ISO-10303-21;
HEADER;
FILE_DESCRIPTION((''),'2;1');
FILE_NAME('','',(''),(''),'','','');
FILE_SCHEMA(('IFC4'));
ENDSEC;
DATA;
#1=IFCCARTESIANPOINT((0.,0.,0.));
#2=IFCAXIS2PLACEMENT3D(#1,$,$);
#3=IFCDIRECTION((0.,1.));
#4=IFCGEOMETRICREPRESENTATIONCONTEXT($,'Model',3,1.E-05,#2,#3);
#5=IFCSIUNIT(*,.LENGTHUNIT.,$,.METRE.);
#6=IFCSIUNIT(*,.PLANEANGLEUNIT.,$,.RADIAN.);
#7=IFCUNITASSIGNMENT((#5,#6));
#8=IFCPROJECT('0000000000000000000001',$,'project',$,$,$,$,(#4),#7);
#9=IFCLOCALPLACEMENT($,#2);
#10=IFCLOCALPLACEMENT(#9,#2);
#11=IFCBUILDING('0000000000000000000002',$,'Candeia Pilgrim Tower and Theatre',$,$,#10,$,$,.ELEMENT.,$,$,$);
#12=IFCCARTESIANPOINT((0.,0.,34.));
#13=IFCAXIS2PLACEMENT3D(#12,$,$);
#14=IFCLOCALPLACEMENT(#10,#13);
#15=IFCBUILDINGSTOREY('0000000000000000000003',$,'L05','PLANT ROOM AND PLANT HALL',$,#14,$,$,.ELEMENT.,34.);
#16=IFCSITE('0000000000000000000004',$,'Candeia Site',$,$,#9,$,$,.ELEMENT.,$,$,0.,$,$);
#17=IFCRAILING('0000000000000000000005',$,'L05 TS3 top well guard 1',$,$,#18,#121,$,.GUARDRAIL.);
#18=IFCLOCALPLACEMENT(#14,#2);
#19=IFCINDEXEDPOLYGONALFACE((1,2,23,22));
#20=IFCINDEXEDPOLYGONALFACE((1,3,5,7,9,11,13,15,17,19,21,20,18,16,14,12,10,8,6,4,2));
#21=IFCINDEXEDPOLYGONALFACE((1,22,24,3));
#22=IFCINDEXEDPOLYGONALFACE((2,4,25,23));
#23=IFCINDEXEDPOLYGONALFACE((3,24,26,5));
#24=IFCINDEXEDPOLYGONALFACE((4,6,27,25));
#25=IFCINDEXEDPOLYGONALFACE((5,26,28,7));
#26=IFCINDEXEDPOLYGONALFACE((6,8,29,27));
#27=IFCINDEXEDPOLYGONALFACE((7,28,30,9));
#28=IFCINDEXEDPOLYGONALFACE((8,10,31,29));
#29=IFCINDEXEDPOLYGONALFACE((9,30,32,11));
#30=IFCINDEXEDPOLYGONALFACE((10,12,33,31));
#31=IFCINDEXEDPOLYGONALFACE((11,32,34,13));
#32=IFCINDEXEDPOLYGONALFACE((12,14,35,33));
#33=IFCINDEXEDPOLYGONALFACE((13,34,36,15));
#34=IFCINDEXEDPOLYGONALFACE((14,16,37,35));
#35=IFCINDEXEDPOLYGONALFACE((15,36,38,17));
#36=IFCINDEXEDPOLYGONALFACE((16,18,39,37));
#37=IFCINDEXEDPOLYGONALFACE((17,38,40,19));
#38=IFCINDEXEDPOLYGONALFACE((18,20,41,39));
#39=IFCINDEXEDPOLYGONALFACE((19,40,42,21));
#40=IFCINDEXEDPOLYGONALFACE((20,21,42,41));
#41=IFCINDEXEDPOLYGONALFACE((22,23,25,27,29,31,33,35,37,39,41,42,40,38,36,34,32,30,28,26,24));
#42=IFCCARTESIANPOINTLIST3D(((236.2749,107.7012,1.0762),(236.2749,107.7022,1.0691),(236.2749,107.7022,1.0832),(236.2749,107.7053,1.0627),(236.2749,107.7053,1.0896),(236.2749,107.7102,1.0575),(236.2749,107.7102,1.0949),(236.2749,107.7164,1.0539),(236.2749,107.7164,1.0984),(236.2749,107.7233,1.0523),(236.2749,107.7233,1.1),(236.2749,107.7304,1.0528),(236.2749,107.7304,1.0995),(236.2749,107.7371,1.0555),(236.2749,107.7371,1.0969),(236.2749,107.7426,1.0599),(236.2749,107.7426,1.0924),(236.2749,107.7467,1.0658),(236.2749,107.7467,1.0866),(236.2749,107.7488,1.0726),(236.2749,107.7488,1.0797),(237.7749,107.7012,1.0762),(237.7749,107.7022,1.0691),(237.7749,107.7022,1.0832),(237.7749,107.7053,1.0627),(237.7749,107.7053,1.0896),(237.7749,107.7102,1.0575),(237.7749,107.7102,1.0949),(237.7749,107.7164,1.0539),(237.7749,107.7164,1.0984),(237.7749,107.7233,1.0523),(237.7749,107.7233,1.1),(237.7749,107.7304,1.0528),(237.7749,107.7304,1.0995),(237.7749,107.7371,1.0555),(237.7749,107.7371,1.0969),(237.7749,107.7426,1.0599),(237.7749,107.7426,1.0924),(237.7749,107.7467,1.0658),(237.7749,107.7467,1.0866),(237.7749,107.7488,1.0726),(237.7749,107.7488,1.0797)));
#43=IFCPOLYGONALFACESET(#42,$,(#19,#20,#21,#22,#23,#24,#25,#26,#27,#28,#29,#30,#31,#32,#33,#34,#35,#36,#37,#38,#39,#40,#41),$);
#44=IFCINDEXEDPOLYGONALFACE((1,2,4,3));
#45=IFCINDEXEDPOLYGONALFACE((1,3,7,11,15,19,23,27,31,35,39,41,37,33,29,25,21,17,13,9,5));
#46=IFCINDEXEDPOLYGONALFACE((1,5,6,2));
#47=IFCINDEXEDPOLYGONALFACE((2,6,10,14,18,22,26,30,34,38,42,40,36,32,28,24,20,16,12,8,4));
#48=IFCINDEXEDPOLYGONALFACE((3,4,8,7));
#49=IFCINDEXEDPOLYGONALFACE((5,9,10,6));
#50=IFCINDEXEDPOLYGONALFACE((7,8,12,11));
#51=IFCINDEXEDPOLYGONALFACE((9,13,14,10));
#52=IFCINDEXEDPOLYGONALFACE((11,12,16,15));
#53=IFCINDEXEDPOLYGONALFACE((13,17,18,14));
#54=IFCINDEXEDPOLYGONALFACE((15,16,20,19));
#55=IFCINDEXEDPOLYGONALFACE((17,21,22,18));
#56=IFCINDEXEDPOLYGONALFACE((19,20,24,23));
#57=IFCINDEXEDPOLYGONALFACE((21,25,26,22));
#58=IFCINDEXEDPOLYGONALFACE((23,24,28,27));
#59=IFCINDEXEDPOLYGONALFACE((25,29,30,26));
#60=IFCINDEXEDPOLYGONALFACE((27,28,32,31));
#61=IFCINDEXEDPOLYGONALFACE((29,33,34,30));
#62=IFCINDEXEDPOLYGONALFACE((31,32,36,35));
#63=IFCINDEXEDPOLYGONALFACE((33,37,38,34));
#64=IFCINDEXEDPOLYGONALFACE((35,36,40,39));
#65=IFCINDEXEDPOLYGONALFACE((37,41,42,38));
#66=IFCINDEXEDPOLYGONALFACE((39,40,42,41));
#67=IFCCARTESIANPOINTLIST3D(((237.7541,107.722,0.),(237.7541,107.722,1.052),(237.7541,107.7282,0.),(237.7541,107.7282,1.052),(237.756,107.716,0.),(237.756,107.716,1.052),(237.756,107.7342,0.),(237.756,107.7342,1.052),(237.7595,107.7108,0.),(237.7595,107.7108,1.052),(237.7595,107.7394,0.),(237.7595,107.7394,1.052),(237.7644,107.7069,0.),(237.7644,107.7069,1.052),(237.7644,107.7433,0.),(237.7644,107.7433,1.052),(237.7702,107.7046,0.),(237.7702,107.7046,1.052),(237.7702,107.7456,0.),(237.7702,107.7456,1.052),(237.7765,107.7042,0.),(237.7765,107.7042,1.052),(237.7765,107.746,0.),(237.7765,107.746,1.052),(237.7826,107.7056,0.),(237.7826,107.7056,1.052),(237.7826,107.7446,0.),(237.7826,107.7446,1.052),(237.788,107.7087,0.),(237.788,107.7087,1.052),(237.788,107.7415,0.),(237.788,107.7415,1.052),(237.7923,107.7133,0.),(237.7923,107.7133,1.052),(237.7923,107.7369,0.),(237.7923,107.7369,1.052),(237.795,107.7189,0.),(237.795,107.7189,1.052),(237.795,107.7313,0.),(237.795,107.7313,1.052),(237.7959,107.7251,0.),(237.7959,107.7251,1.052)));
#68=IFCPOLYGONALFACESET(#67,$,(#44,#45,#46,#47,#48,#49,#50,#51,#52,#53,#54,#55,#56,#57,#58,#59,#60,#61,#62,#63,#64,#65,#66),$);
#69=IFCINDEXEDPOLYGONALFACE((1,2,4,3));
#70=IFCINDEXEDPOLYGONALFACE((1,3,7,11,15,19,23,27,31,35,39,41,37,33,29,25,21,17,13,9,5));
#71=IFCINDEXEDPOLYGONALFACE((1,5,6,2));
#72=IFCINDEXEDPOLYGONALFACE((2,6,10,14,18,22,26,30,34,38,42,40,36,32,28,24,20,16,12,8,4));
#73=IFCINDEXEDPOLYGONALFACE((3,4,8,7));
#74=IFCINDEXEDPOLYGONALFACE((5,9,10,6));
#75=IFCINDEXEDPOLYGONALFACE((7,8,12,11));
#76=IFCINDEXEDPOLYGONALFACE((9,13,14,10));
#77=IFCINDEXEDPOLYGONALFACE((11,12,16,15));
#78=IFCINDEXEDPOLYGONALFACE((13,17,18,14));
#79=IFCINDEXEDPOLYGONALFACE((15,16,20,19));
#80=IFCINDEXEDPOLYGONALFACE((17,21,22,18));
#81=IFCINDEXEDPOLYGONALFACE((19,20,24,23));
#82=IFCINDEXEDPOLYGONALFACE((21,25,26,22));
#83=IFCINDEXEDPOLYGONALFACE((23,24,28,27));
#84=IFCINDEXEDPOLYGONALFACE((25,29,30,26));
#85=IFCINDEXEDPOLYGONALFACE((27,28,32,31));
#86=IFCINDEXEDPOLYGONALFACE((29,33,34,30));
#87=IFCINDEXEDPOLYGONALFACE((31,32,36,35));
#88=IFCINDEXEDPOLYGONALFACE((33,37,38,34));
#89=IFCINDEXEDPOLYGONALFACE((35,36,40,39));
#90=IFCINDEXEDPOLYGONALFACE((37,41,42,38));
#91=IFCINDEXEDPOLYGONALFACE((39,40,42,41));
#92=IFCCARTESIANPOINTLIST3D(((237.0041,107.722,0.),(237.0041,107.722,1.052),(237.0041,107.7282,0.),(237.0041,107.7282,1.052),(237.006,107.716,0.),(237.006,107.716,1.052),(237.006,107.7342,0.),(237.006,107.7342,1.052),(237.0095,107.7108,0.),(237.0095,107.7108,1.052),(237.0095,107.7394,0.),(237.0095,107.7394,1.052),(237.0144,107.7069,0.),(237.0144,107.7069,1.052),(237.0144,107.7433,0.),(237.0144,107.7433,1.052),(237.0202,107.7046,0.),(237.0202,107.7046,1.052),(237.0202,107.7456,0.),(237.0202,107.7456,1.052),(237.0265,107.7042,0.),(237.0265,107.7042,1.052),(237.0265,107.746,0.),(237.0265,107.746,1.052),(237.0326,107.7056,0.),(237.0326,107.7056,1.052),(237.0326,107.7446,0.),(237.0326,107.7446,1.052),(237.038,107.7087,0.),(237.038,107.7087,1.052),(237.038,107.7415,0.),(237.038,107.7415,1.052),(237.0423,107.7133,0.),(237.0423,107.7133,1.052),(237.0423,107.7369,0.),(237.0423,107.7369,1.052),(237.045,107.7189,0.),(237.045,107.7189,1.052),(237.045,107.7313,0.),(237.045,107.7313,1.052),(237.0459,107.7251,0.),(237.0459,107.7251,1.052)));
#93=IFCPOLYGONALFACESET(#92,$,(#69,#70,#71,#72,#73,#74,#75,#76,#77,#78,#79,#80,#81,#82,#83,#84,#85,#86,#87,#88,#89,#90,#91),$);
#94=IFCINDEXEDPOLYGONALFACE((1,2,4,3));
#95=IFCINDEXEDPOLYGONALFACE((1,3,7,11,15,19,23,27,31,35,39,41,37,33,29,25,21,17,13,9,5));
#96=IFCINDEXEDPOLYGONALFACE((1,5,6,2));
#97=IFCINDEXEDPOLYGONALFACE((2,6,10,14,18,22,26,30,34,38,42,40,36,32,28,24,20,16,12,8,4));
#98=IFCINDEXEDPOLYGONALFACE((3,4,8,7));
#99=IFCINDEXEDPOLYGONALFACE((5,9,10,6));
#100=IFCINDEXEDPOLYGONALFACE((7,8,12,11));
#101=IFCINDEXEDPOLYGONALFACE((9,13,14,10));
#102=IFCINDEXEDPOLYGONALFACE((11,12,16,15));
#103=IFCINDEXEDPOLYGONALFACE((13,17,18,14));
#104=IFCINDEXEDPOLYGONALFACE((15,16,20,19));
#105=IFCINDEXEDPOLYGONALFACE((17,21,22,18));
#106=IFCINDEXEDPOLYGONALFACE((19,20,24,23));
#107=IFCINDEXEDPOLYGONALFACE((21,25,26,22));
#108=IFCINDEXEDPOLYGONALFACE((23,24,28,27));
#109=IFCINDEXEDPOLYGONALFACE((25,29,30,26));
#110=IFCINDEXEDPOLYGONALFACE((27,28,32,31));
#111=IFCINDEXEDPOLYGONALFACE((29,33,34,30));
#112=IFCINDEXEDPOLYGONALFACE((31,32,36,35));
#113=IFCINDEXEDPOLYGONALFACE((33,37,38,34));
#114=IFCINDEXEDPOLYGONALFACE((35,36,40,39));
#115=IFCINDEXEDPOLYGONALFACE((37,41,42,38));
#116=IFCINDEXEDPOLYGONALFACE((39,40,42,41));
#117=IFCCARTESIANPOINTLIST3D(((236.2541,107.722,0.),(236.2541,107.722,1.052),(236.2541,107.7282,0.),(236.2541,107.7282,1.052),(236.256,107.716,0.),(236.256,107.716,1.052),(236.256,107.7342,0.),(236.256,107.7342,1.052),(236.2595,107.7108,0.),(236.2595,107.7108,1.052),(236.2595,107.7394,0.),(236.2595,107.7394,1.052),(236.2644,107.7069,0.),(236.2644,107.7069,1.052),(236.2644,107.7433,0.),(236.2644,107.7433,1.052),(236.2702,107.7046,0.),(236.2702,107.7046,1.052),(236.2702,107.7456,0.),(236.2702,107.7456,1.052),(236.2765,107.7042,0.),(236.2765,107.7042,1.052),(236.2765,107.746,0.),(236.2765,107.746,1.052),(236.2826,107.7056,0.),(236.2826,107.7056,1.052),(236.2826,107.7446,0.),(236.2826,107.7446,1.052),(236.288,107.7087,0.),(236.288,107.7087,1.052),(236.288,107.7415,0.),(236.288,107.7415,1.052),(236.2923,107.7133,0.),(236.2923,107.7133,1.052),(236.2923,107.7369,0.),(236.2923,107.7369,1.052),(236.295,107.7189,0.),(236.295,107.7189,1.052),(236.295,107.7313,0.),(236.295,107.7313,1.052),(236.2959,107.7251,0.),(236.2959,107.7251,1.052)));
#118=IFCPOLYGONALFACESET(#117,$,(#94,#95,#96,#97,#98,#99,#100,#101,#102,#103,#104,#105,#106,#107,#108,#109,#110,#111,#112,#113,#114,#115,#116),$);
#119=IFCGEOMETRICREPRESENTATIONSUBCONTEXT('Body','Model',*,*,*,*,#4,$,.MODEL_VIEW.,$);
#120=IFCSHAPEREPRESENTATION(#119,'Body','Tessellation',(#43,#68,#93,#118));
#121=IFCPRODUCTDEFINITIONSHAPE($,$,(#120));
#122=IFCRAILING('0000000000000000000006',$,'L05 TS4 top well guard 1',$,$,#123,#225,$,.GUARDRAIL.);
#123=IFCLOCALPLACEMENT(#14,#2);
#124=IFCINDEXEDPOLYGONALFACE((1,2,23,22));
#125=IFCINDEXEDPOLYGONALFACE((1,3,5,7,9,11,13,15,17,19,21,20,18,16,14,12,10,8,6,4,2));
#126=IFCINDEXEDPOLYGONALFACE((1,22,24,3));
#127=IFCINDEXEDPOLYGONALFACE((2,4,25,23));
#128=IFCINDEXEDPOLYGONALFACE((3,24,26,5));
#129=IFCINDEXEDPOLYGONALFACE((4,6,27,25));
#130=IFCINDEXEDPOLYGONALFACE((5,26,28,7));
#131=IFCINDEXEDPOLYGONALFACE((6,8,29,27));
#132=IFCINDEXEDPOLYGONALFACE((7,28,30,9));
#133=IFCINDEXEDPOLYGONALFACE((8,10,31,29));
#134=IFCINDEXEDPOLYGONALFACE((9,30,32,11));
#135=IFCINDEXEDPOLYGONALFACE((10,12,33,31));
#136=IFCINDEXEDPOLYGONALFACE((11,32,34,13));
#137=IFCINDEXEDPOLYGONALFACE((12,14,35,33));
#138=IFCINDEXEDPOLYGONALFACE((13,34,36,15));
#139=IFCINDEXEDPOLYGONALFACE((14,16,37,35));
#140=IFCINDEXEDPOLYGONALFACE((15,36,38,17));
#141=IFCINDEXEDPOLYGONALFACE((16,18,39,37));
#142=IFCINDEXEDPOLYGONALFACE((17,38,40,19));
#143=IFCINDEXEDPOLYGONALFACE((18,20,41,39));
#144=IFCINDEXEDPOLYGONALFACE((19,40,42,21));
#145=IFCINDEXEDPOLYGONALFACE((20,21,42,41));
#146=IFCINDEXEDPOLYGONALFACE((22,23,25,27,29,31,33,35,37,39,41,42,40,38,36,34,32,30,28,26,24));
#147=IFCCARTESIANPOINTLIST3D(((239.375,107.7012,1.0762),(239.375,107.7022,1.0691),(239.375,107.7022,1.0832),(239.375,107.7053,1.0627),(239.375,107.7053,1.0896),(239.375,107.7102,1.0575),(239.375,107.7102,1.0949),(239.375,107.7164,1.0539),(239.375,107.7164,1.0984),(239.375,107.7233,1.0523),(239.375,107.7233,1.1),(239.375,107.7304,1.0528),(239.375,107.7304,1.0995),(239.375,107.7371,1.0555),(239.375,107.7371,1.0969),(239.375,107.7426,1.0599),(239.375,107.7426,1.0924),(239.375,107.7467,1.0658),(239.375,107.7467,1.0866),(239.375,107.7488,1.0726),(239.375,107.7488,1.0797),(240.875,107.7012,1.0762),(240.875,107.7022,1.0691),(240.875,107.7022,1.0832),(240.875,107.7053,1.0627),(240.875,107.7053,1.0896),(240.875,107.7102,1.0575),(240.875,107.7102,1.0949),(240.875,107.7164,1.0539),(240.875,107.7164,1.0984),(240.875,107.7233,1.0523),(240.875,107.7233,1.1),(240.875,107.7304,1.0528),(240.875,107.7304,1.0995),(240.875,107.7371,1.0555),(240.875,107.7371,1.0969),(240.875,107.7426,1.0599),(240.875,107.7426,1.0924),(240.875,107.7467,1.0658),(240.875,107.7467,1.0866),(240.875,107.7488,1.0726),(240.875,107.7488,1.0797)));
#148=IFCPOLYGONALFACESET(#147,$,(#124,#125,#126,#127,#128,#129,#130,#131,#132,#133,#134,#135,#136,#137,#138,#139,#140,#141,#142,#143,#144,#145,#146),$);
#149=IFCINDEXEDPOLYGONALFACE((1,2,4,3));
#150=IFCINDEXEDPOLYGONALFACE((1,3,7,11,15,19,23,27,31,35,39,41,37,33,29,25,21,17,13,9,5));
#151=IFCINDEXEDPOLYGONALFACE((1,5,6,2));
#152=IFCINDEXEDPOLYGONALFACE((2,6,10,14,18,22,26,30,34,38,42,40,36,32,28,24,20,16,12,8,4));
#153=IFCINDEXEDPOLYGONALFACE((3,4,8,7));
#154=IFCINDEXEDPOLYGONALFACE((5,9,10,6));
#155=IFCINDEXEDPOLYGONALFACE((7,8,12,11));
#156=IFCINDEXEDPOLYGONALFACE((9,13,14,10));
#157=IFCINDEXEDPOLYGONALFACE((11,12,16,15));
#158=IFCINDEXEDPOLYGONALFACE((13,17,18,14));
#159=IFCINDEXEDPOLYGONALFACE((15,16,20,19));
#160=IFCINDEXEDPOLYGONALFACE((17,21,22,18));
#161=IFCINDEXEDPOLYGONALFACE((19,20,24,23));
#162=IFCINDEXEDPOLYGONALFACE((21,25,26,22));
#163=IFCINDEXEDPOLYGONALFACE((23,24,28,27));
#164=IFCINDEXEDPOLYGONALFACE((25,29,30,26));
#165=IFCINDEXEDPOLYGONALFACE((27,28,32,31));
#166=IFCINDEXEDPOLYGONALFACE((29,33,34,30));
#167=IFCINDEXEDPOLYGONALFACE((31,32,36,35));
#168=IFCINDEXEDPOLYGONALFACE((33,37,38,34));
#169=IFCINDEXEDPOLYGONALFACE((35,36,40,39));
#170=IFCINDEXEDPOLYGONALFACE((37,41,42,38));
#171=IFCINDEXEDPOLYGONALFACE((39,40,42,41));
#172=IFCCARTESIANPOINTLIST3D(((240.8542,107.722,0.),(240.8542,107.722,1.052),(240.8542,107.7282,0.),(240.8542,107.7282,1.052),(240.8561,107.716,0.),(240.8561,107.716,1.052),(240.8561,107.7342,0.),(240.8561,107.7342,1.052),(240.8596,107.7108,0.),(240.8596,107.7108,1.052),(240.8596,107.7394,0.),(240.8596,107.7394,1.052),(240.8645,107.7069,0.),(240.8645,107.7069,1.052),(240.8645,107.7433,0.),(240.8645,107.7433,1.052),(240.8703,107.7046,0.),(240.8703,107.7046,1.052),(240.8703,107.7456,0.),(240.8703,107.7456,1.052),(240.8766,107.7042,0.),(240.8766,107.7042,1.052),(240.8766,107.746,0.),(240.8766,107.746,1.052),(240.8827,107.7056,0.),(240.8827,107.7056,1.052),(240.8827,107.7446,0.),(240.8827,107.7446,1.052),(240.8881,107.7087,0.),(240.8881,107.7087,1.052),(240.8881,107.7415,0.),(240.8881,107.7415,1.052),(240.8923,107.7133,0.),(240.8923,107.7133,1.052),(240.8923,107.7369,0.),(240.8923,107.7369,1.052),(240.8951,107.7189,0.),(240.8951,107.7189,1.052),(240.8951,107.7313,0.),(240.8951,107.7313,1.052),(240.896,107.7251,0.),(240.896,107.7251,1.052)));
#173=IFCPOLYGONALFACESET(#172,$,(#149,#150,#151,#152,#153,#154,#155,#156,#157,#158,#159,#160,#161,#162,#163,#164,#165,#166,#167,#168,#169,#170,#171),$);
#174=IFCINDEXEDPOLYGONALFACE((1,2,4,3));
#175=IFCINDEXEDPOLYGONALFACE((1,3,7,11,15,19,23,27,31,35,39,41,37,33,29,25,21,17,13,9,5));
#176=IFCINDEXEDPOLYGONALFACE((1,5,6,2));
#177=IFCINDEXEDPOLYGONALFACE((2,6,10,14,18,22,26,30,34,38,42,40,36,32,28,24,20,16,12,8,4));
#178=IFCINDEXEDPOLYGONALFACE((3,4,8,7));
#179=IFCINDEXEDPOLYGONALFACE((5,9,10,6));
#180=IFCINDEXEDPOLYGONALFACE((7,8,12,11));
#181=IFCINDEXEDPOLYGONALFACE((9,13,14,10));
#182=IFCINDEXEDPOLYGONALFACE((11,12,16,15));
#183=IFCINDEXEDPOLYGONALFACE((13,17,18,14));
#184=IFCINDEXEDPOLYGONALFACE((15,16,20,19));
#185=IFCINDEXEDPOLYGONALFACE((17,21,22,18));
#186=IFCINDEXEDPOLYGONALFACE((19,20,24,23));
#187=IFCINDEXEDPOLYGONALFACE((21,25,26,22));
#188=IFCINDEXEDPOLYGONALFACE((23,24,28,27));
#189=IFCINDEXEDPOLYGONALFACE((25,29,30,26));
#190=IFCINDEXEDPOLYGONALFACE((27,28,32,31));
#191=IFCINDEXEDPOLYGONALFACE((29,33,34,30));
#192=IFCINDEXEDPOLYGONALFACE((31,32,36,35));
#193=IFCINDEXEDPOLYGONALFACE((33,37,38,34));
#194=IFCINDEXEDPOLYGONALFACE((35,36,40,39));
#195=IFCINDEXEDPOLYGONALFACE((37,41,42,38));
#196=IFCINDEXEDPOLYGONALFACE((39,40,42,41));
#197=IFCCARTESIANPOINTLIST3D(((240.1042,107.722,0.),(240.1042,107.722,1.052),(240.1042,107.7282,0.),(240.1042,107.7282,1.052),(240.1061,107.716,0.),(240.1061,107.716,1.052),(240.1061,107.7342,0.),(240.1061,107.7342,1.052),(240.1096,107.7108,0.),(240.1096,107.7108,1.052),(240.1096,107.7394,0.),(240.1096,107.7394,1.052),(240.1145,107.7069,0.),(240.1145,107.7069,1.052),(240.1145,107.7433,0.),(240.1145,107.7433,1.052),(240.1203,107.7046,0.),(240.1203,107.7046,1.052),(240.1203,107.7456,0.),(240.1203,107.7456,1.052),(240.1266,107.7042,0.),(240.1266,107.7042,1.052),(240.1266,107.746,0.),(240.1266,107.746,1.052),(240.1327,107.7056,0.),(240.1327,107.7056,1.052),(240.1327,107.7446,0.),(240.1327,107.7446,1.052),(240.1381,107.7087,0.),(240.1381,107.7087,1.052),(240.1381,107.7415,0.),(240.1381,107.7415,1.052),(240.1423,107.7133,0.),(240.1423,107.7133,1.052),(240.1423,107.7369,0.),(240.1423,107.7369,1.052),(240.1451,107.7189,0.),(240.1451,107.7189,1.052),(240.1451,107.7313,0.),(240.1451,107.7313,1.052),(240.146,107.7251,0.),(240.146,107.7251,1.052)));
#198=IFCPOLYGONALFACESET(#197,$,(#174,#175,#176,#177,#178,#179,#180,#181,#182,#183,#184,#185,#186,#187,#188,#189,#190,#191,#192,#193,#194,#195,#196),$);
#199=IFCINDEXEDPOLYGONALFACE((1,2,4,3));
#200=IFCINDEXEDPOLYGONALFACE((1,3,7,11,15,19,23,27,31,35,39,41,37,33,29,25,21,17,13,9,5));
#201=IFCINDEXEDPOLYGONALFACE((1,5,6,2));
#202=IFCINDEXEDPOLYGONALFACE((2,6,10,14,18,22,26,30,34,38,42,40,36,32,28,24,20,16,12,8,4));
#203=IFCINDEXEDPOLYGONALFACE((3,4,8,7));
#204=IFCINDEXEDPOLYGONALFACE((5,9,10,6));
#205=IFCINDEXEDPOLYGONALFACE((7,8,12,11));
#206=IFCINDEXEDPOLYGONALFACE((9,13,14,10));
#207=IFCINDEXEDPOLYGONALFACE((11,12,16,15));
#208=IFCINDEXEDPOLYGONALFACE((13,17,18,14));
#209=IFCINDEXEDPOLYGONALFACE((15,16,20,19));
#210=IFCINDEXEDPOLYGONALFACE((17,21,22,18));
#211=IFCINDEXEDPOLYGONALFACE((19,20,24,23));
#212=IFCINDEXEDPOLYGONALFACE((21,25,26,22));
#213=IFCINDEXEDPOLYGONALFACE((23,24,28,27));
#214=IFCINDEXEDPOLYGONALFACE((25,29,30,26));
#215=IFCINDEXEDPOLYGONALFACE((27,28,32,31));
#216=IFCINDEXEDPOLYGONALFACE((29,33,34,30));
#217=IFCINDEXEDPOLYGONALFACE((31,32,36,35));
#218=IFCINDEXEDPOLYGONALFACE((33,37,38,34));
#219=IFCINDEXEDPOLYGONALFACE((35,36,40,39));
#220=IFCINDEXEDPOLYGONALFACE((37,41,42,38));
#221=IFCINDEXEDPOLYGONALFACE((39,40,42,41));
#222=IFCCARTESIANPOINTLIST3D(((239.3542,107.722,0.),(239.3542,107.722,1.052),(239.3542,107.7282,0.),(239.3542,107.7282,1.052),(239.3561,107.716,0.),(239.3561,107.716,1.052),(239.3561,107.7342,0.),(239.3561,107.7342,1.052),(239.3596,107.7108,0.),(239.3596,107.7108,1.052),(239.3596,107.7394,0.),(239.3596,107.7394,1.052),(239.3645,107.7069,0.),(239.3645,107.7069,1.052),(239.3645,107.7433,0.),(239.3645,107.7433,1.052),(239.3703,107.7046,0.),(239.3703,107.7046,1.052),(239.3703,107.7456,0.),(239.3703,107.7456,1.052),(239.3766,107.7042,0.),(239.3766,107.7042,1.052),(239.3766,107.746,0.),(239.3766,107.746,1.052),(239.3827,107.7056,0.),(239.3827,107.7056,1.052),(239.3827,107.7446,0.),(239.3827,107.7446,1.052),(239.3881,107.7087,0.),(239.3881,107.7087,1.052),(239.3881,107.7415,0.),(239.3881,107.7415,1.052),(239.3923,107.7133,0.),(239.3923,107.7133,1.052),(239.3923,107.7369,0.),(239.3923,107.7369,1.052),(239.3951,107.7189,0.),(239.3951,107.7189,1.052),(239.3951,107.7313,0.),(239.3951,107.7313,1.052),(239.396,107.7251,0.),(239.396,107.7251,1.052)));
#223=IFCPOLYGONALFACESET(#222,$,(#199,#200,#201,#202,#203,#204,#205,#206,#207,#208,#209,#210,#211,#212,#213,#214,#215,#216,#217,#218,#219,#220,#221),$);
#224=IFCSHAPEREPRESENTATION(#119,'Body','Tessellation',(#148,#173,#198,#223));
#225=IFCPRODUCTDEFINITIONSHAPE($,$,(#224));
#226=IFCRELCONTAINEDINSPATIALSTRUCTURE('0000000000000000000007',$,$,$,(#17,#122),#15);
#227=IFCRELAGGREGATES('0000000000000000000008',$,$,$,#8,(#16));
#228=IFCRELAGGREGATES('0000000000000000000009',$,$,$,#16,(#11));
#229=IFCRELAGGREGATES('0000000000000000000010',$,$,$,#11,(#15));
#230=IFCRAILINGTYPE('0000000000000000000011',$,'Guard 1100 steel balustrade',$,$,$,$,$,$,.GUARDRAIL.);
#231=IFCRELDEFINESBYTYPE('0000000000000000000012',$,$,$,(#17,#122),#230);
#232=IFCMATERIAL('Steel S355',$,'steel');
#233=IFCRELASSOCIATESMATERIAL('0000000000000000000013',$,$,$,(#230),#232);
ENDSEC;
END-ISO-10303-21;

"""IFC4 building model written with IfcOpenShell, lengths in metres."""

from ifc_helpers import new_model, si_unit, direction, frame, origin, origin_2d, place, context, subcontext, project, spatial, circle, extrude, material, type_object, element, save


model = new_model("IFC4")

# Units and contexts
model_context = context("Model", 3, precision=1e-05, world=origin(), true_north=direction((0.0, 1.0)))
body_context = subcontext(model_context, "Body", "Model", "MODEL_VIEW")
ifc_project = project(units=[si_unit("LENGTHUNIT", "METRE"), si_unit("PLANEANGLEUNIT", "RADIAN")], contexts=[model_context])

# Site, building, storey
site_placement = place(None, origin())
site = spatial("IfcSite", under=ifc_project, at=site_placement, Name="Candeia Site", CompositionType="ELEMENT", RefElevation=0.0)
building_placement = place(site_placement, origin())
building = spatial("IfcBuilding", under=site, at=building_placement, Name="Candeia Pilgrim Tower and Theatre", CompositionType="ELEMENT")
storey_placement = place(building_placement, frame((0.0, 0.0, 34.0)))
storey = spatial("IfcBuildingStorey", under=building, at=storey_placement, Name="L05", Description="PLANT ROOM AND PLANT HALL", CompositionType="ELEMENT", Elevation=34.0)

# Railings
ifc_material_1 = material(Name="Steel S355", Category="steel")
railing_type = type_object("IfcRailingType", Name="Guard 1100 steel balustrade", PredefinedType="GUARDRAIL", material=ifc_material_1)
for number, where, name in (
    (1, (237.7749, 107.7251, 0.0), "L05 TS3 top well guard 1"),
    (2, (240.875, 107.7251, 0.0), "L05 TS4 top well guard 1"),
):
    element("IfcRailing", number, at=place(storey_placement, frame(where)), inside=storey, type_object=railing_type, Name=name, PredefinedType="GUARDRAIL", context=body_context, shape_type="SweptSolid", body=[
        extrude(circle(Radius=0.0239, at=origin_2d()), frame((0.0, 0.0, 1.0762), z_axis=(-1.0, 0.0, 0.0), x_axis=(0.0, -1.0, 0.0)), (0.0, 0.0, 1.0), 1.5),
        extrude(circle(Radius=0.021, at=origin_2d()), origin(), (0.0, 0.0, 1.0), 1.052),
        extrude(circle(Radius=0.021, at=origin_2d()), frame((-0.75, 0.0, 0.0)), (0.0, 0.0, 1.0), 1.052),
        extrude(circle(Radius=0.021, at=origin_2d()), frame((-1.5, 0.0, 0.0)), (0.0, 0.0, 1.0), 1.052),
    ])

save(model, "model.ifc")
